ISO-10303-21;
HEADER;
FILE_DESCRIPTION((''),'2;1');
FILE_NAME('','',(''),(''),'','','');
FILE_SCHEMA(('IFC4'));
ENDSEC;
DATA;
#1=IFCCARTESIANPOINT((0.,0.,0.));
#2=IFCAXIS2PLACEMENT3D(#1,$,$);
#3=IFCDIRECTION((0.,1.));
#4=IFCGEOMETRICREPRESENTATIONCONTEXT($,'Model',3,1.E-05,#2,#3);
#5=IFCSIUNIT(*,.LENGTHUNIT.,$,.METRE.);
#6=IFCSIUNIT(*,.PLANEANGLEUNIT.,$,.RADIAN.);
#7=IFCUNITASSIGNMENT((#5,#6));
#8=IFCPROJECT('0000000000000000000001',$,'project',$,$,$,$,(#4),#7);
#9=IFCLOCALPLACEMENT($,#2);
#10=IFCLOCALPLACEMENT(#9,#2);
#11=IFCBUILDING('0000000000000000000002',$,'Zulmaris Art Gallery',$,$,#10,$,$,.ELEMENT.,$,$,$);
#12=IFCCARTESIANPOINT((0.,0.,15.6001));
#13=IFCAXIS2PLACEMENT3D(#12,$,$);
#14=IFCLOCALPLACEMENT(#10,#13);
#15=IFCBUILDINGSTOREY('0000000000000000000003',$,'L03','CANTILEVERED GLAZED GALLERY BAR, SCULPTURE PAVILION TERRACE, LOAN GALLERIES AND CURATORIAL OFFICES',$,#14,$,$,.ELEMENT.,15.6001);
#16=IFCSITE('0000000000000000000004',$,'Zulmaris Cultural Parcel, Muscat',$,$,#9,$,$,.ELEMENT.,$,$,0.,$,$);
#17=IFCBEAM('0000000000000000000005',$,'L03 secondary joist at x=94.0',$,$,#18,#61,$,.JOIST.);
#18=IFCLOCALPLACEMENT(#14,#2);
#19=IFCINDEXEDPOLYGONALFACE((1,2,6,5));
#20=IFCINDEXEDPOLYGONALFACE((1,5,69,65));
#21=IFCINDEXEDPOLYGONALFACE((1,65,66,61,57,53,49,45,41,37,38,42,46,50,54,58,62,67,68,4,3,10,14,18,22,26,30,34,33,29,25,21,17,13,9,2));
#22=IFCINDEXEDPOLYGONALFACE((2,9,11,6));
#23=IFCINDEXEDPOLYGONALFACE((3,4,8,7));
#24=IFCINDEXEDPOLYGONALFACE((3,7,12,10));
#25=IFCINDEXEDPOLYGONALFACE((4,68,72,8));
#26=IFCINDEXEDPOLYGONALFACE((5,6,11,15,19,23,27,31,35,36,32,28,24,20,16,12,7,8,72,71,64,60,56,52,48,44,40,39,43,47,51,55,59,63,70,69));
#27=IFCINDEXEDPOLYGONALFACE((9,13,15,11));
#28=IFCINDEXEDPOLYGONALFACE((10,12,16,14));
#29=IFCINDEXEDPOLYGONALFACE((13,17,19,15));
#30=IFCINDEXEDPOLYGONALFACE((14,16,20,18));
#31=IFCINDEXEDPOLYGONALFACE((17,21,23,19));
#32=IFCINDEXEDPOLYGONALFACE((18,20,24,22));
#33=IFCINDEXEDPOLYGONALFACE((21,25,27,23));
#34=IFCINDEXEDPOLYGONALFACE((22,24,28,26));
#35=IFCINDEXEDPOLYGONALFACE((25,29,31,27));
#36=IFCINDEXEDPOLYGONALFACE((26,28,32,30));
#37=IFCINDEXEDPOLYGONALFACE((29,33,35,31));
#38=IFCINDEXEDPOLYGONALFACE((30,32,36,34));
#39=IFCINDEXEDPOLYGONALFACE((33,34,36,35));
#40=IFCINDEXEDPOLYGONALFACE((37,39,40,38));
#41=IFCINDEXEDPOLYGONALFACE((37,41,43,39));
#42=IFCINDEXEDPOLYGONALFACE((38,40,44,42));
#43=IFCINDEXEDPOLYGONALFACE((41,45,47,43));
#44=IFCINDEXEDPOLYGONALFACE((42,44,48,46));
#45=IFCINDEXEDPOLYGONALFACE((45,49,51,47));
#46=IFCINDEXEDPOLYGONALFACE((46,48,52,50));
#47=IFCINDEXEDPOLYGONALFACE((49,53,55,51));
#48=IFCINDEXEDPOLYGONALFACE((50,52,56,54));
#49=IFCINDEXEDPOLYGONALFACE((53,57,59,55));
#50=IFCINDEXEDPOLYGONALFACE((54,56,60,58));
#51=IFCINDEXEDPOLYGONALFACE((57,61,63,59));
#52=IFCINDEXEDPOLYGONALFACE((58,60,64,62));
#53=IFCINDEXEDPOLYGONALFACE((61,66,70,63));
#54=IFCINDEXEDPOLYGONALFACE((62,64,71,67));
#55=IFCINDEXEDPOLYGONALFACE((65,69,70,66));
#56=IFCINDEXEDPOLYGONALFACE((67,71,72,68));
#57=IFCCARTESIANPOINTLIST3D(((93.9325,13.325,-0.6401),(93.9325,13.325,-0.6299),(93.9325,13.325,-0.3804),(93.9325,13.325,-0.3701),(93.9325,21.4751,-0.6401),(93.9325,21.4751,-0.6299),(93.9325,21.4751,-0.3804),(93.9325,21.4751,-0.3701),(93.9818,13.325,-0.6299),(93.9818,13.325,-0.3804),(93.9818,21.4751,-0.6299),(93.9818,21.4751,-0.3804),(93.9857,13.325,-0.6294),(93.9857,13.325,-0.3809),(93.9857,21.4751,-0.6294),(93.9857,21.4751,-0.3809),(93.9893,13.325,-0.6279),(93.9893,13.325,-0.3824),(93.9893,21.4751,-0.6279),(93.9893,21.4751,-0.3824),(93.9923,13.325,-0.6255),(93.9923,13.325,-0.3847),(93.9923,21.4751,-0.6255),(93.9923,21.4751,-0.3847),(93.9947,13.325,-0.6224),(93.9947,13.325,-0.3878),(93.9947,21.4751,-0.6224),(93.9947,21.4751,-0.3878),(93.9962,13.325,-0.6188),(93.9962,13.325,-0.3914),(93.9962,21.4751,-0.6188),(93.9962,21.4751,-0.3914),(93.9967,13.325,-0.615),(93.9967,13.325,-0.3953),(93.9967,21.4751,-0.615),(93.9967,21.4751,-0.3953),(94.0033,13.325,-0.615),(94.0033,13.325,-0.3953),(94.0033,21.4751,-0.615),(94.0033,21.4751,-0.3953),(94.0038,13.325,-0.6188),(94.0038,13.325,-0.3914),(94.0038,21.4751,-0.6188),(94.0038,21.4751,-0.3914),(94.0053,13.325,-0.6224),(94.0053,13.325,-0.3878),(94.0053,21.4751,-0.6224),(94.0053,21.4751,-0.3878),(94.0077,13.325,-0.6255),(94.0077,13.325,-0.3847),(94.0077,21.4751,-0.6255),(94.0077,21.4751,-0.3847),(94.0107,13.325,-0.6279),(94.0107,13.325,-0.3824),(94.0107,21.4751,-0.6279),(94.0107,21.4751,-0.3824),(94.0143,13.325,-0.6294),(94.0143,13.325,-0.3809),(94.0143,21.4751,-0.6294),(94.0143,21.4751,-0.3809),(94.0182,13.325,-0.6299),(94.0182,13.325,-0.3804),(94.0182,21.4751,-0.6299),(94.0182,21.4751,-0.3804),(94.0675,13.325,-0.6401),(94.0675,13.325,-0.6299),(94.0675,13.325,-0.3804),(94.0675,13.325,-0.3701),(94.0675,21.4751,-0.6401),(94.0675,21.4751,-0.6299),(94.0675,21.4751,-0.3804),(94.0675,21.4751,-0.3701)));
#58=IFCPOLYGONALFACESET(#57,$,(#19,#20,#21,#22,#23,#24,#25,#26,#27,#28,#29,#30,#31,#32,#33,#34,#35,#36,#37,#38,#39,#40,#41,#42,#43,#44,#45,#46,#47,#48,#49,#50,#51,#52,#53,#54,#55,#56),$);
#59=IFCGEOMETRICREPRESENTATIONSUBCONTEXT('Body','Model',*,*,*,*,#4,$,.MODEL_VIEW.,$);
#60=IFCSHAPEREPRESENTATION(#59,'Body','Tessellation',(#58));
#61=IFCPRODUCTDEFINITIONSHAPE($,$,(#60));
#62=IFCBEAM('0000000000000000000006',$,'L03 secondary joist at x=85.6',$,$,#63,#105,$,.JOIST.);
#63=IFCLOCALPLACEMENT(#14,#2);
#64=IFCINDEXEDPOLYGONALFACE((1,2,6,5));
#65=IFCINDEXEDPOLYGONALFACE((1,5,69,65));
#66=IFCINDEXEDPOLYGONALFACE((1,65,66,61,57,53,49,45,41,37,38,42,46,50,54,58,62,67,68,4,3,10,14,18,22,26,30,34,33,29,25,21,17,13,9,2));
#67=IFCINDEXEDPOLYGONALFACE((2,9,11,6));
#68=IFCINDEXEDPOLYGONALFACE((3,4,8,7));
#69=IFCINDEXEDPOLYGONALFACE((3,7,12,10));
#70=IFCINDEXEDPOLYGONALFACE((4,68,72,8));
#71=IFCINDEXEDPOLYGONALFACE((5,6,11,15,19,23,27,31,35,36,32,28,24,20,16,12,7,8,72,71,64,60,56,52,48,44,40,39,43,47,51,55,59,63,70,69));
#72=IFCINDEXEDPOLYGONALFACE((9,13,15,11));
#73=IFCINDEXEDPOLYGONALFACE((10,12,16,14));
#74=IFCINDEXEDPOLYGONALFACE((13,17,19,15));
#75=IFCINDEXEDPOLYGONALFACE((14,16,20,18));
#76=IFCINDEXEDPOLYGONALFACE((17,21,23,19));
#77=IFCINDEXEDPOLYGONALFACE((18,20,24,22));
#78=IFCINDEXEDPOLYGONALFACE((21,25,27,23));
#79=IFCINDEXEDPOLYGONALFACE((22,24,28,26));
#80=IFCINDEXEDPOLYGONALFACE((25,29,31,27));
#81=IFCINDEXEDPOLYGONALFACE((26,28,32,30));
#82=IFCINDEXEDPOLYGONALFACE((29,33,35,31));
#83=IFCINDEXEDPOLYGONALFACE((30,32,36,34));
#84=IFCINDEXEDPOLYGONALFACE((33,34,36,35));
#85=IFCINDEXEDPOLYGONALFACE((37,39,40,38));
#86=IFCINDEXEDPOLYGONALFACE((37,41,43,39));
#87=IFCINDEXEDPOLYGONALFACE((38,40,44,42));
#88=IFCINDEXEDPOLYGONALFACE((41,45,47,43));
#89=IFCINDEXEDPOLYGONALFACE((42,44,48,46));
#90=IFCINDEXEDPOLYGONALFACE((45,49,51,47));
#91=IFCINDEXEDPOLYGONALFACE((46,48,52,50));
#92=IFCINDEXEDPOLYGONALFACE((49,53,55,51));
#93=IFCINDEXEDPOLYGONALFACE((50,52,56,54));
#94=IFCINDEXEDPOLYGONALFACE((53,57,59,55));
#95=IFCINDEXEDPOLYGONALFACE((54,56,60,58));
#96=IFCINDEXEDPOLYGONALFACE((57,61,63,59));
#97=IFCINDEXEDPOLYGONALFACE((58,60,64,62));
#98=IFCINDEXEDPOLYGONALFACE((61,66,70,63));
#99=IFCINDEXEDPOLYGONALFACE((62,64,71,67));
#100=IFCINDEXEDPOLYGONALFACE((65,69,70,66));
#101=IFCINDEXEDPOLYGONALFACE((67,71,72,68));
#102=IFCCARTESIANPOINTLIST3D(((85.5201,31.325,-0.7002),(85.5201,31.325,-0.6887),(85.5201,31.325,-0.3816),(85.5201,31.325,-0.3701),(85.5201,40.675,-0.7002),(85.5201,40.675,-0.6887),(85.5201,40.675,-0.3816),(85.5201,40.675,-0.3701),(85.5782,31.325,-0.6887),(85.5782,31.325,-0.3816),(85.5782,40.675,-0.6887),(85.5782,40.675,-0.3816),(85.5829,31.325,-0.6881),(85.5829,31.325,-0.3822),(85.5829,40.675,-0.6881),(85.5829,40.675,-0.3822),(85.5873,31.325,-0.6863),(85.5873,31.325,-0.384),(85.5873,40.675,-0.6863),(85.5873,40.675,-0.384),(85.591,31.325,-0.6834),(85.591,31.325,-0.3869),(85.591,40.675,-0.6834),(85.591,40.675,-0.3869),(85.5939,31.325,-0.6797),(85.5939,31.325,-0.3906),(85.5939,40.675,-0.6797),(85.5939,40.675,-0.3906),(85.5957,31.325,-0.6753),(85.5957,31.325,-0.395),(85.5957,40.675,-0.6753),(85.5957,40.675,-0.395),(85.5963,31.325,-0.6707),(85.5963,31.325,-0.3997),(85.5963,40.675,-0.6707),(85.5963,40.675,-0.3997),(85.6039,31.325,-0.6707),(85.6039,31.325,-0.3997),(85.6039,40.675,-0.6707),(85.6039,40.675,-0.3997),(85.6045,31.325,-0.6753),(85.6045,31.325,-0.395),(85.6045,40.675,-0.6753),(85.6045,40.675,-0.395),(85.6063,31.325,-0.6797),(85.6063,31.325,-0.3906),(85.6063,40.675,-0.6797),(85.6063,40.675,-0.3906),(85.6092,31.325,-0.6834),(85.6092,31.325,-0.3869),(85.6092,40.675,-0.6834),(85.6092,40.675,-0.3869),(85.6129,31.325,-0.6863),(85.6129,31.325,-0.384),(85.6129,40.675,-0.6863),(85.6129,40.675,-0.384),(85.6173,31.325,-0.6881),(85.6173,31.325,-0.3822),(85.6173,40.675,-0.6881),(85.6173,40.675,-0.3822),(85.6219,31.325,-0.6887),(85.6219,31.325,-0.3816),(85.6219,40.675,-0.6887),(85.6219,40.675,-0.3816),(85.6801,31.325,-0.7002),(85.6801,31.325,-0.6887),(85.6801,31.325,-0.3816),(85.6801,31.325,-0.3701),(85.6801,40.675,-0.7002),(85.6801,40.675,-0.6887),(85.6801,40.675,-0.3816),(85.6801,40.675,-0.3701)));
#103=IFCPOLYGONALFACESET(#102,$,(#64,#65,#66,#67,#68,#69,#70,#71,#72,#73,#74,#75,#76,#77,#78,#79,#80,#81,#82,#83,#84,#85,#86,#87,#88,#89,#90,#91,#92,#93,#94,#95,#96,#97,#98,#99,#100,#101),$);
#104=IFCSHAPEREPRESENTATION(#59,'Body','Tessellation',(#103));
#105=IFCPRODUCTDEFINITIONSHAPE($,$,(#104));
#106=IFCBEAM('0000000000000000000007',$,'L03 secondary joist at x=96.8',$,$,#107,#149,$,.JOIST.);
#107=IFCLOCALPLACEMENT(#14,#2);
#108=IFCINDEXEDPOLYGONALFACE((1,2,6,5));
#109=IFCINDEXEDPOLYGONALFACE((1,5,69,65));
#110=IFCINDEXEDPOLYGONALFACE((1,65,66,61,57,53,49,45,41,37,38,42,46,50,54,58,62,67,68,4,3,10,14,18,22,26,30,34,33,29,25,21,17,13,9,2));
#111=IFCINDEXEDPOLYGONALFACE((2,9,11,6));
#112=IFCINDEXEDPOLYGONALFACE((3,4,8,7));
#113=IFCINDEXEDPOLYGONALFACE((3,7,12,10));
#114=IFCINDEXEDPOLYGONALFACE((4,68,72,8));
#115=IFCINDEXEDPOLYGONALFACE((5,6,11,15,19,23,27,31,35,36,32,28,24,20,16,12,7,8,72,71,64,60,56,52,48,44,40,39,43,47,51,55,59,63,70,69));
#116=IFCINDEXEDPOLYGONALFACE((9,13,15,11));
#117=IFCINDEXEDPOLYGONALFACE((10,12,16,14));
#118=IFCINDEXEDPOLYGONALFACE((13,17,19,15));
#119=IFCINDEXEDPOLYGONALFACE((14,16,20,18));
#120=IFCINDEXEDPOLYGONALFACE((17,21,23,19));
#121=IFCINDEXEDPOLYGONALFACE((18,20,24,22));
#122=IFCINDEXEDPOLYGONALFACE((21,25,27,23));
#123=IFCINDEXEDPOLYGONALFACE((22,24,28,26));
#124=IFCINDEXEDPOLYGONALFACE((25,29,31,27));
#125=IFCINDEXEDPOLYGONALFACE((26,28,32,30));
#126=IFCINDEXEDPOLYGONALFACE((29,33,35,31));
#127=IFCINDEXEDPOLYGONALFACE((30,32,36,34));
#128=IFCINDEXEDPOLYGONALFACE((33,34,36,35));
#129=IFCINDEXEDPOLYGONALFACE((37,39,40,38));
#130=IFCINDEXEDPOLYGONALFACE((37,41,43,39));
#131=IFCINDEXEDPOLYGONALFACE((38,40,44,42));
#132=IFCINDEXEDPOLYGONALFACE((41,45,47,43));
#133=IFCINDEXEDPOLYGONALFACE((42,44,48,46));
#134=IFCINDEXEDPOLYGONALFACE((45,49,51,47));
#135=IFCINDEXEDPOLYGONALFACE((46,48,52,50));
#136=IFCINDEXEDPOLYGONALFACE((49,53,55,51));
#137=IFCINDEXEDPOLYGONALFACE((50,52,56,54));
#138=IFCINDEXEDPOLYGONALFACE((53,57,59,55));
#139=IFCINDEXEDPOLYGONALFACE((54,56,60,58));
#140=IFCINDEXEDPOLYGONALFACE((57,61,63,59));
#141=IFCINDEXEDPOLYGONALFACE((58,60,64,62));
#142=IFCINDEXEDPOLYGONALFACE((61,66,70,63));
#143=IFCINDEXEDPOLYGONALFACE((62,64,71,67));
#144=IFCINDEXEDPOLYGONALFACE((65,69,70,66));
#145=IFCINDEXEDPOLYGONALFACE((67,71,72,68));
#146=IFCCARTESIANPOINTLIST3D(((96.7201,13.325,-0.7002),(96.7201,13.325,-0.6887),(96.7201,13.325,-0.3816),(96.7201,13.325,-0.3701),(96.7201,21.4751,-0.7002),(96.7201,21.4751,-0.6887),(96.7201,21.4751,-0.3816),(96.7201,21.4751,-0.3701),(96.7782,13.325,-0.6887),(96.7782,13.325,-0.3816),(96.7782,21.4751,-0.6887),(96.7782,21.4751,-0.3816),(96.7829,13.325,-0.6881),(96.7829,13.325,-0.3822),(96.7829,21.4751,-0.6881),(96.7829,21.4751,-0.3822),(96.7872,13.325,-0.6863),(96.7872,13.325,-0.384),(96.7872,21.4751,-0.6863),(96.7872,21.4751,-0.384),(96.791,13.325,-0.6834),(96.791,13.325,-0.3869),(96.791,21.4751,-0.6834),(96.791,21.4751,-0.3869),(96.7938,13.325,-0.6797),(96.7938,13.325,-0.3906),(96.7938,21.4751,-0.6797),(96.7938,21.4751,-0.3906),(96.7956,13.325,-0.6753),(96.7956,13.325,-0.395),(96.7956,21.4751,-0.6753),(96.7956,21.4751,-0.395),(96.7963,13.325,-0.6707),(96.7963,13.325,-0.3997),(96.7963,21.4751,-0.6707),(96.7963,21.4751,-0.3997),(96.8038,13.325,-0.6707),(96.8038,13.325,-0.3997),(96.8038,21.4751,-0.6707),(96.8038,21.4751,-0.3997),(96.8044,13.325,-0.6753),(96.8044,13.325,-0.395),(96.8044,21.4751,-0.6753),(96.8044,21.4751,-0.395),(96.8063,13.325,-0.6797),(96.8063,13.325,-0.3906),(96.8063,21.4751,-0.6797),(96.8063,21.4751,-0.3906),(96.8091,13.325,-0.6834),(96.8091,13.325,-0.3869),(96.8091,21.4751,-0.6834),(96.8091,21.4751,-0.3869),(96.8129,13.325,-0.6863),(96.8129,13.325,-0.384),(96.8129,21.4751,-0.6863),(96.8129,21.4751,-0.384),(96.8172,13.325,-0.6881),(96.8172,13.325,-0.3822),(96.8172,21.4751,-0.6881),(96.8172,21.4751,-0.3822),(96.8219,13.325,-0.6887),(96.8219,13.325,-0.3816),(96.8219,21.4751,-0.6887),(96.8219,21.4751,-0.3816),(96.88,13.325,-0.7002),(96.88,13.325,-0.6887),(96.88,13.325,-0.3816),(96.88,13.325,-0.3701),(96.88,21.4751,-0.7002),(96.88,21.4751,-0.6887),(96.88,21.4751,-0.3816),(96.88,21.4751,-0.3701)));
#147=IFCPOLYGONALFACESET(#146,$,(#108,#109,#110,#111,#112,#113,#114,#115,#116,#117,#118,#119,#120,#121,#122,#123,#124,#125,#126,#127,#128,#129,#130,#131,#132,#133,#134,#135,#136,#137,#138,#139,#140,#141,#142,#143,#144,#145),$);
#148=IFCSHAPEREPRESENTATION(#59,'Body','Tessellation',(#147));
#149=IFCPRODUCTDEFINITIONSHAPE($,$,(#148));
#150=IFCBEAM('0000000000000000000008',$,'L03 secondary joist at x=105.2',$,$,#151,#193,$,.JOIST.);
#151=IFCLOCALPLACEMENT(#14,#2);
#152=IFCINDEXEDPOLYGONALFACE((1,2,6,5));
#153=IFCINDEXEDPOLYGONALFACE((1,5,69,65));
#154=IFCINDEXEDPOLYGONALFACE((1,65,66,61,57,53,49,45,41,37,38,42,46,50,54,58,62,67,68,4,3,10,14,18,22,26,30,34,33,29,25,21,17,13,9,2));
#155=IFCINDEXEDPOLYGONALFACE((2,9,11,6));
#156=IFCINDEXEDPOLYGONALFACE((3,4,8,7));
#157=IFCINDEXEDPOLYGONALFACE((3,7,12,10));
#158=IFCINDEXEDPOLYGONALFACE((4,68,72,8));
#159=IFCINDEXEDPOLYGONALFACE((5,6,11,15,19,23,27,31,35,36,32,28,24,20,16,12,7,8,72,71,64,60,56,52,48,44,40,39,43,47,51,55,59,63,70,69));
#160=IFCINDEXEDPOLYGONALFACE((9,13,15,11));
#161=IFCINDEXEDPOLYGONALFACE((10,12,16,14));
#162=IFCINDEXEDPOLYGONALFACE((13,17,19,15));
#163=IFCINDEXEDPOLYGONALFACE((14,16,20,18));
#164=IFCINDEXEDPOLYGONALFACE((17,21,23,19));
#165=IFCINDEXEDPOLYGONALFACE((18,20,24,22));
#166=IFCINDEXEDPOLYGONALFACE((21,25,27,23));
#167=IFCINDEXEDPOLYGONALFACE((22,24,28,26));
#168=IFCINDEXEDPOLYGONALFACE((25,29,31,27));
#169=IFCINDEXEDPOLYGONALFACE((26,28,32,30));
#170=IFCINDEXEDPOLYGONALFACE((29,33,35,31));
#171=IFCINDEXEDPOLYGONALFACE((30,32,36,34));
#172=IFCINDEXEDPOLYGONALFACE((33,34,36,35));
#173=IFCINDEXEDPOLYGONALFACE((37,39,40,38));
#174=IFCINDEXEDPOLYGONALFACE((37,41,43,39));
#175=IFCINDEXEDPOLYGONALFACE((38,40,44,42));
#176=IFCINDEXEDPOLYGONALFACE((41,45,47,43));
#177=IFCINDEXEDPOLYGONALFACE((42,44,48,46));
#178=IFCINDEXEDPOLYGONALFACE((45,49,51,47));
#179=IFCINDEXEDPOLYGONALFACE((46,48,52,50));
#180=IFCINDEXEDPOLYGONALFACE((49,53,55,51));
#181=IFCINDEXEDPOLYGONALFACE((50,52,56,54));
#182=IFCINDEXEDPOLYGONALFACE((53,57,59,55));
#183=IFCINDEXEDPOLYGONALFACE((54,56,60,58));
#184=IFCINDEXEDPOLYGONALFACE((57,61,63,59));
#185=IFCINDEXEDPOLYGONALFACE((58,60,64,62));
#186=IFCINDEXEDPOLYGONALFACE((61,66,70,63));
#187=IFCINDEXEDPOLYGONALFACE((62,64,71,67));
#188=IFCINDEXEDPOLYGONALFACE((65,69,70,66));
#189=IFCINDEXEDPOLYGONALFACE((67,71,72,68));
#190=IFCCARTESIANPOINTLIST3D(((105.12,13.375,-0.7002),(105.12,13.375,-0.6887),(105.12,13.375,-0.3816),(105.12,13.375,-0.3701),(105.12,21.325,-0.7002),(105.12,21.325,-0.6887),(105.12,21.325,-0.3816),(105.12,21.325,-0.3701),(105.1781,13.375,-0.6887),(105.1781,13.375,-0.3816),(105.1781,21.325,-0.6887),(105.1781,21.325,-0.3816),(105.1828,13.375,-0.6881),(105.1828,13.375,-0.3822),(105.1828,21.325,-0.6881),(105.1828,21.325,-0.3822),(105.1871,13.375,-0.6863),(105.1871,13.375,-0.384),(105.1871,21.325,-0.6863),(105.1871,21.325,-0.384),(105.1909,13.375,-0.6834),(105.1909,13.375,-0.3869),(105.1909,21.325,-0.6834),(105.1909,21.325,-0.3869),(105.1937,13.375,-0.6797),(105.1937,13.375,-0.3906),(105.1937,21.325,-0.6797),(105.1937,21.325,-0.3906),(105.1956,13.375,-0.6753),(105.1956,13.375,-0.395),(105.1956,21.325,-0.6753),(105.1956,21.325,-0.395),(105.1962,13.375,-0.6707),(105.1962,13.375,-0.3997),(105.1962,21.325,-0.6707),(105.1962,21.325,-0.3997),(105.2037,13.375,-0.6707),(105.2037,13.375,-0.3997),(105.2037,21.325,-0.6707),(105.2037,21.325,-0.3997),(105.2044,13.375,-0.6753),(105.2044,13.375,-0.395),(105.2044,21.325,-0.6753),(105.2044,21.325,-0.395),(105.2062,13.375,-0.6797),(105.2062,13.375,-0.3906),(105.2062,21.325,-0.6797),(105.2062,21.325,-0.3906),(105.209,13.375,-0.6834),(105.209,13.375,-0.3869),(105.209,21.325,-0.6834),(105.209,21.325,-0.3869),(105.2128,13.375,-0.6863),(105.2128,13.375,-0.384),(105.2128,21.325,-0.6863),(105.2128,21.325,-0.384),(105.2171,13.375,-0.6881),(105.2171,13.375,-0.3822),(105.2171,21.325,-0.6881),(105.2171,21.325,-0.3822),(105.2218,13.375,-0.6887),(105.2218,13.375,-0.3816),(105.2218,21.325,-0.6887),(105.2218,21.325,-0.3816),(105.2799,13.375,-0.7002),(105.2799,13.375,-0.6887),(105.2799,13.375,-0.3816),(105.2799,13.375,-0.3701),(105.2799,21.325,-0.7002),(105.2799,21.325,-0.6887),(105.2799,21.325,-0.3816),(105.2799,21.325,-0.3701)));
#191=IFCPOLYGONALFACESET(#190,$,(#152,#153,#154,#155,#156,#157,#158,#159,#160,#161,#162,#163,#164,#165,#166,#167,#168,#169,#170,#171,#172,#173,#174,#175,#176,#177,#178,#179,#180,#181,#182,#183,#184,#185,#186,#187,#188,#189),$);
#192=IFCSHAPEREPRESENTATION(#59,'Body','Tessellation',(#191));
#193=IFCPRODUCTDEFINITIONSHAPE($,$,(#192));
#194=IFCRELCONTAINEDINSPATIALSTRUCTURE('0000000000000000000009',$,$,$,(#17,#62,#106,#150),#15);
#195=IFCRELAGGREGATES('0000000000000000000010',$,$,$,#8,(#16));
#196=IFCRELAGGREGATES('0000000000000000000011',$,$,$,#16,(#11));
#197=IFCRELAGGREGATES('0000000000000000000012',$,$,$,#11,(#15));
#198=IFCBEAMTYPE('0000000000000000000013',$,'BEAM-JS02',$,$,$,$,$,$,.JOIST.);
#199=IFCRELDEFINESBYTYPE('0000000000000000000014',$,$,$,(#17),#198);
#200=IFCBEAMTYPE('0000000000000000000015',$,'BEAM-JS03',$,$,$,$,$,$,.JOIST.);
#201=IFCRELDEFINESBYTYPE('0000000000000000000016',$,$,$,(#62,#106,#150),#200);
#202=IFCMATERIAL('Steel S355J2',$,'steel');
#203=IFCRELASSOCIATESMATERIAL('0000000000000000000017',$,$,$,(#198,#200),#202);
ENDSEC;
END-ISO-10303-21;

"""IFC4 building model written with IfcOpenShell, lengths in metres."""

from ifc_helpers import new_model, si_unit, direction, frame, origin, origin_2d, place, context, subcontext, project, spatial, i_section, extrude, material, material_profile, profile_set, type_object, element, save


model = new_model("IFC4")

# Units and contexts
model_context = context("Model", 3, precision=1e-05, world=origin(), true_north=direction((0.0, 1.0)))
body_context = subcontext(model_context, "Body", "Model", "MODEL_VIEW")
ifc_project = project(units=[si_unit("LENGTHUNIT", "METRE"), si_unit("PLANEANGLEUNIT", "RADIAN")], contexts=[model_context])

# Site, building, storey
site_placement = place(None, origin())
site = spatial("IfcSite", under=ifc_project, at=site_placement, Name="Zulmaris Cultural Parcel, Muscat", CompositionType="ELEMENT", RefElevation=0.0)
building_placement = place(site_placement, origin())
building = spatial("IfcBuilding", under=site, at=building_placement, Name="Zulmaris Art Gallery", CompositionType="ELEMENT")
storey_placement = place(building_placement, frame((0.0, 0.0, 15.6001)))
storey = spatial("IfcBuildingStorey", under=building, at=storey_placement, Name="L03", Description="CANTILEVERED GLAZED GALLERY BAR, SCULPTURE PAVILION TERRACE, LOAN GALLERIES AND CURATORIAL OFFICES", CompositionType="ELEMENT", Elevation=15.6001)

# Beams
ifc_material_1 = material(Name="Steel S355J2", Category="steel")
ifc_material_profile_1 = material_profile(ifc_material_1, i_section(OverallWidth=0.135, OverallDepth=0.27, WebThickness=0.0066, FlangeThickness=0.0103, FilletRadius=0.0149, at=origin_2d()), Name="IPE 270")
ifc_profile_set_1 = profile_set([ifc_material_profile_1], Name="Steel S355J2")
beam_type_1 = type_object("IfcBeamType", Name="BEAM-JS02", PredefinedType="JOIST", material=ifc_profile_set_1)
beam_1_placement = place(storey_placement, frame((94.0, 13.325, -0.5051), z_axis=(0.0, 1.0, 0.0), x_axis=(-1.0, 0.0, 0.0)))
element("IfcBeam", 1, at=beam_1_placement, inside=storey, type_object=beam_type_1, Name="L03 secondary joist at x=94.0", PredefinedType="JOIST", context=body_context, shape_type="SweptSolid", body=[
    extrude(i_section(OverallWidth=0.135, OverallDepth=0.27, WebThickness=0.0066, FlangeThickness=0.0103, FilletRadius=0.0149, at=origin_2d()), origin(), (0.0, 0.0, 1.0), 8.1501),
])
ifc_material_profile_2 = material_profile(ifc_material_1, i_section(OverallWidth=0.1599, OverallDepth=0.3301, WebThickness=0.0076, FlangeThickness=0.0115, FilletRadius=0.0181, at=origin_2d()), Name="IPE 330")
ifc_profile_set_2 = profile_set([ifc_material_profile_2], Name="Steel S355J2")
beam_type_2 = type_object("IfcBeamType", Name="BEAM-JS03", PredefinedType="JOIST", material=ifc_profile_set_2)
beam_2_placement = place(storey_placement, frame((85.6001, 31.325, -0.5352), z_axis=(0.0, 1.0, 0.0), x_axis=(-1.0, 0.0, 0.0)))
element("IfcBeam", 2, at=beam_2_placement, inside=storey, type_object=beam_type_2, Name="L03 secondary joist at x=85.6", PredefinedType="JOIST", context=body_context, shape_type="SweptSolid", body=[
    extrude(i_section(OverallWidth=0.1599, OverallDepth=0.3301, WebThickness=0.0076, FlangeThickness=0.0115, FilletRadius=0.0181, at=origin_2d()), origin(), (0.0, 0.0, 1.0), 9.3501),
])
beam_3_placement = place(storey_placement, frame((96.8, 13.325, -0.5352), z_axis=(0.0, 1.0, 0.0), x_axis=(-1.0, 0.0, 0.0)))
element("IfcBeam", 3, at=beam_3_placement, inside=storey, type_object=beam_type_2, Name="L03 secondary joist at x=96.8", PredefinedType="JOIST", context=body_context, shape_type="SweptSolid", body=[
    extrude(i_section(OverallWidth=0.1599, OverallDepth=0.3301, WebThickness=0.0076, FlangeThickness=0.0115, FilletRadius=0.0181, at=origin_2d()), origin(), (0.0, 0.0, 1.0), 8.1501),
])
beam_4_placement = place(storey_placement, frame((105.2, 13.375, -0.5352), z_axis=(0.0, 1.0, 0.0), x_axis=(-1.0, 0.0, 0.0)))
element("IfcBeam", 4, at=beam_4_placement, inside=storey, type_object=beam_type_2, Name="L03 secondary joist at x=105.2", PredefinedType="JOIST", context=body_context, shape_type="SweptSolid", body=[
    extrude(i_section(OverallWidth=0.1599, OverallDepth=0.3301, WebThickness=0.0076, FlangeThickness=0.0115, FilletRadius=0.0181, at=origin_2d()), origin(), (0.0, 0.0, 1.0), 7.95),
])

save(model, "model.ifc")
